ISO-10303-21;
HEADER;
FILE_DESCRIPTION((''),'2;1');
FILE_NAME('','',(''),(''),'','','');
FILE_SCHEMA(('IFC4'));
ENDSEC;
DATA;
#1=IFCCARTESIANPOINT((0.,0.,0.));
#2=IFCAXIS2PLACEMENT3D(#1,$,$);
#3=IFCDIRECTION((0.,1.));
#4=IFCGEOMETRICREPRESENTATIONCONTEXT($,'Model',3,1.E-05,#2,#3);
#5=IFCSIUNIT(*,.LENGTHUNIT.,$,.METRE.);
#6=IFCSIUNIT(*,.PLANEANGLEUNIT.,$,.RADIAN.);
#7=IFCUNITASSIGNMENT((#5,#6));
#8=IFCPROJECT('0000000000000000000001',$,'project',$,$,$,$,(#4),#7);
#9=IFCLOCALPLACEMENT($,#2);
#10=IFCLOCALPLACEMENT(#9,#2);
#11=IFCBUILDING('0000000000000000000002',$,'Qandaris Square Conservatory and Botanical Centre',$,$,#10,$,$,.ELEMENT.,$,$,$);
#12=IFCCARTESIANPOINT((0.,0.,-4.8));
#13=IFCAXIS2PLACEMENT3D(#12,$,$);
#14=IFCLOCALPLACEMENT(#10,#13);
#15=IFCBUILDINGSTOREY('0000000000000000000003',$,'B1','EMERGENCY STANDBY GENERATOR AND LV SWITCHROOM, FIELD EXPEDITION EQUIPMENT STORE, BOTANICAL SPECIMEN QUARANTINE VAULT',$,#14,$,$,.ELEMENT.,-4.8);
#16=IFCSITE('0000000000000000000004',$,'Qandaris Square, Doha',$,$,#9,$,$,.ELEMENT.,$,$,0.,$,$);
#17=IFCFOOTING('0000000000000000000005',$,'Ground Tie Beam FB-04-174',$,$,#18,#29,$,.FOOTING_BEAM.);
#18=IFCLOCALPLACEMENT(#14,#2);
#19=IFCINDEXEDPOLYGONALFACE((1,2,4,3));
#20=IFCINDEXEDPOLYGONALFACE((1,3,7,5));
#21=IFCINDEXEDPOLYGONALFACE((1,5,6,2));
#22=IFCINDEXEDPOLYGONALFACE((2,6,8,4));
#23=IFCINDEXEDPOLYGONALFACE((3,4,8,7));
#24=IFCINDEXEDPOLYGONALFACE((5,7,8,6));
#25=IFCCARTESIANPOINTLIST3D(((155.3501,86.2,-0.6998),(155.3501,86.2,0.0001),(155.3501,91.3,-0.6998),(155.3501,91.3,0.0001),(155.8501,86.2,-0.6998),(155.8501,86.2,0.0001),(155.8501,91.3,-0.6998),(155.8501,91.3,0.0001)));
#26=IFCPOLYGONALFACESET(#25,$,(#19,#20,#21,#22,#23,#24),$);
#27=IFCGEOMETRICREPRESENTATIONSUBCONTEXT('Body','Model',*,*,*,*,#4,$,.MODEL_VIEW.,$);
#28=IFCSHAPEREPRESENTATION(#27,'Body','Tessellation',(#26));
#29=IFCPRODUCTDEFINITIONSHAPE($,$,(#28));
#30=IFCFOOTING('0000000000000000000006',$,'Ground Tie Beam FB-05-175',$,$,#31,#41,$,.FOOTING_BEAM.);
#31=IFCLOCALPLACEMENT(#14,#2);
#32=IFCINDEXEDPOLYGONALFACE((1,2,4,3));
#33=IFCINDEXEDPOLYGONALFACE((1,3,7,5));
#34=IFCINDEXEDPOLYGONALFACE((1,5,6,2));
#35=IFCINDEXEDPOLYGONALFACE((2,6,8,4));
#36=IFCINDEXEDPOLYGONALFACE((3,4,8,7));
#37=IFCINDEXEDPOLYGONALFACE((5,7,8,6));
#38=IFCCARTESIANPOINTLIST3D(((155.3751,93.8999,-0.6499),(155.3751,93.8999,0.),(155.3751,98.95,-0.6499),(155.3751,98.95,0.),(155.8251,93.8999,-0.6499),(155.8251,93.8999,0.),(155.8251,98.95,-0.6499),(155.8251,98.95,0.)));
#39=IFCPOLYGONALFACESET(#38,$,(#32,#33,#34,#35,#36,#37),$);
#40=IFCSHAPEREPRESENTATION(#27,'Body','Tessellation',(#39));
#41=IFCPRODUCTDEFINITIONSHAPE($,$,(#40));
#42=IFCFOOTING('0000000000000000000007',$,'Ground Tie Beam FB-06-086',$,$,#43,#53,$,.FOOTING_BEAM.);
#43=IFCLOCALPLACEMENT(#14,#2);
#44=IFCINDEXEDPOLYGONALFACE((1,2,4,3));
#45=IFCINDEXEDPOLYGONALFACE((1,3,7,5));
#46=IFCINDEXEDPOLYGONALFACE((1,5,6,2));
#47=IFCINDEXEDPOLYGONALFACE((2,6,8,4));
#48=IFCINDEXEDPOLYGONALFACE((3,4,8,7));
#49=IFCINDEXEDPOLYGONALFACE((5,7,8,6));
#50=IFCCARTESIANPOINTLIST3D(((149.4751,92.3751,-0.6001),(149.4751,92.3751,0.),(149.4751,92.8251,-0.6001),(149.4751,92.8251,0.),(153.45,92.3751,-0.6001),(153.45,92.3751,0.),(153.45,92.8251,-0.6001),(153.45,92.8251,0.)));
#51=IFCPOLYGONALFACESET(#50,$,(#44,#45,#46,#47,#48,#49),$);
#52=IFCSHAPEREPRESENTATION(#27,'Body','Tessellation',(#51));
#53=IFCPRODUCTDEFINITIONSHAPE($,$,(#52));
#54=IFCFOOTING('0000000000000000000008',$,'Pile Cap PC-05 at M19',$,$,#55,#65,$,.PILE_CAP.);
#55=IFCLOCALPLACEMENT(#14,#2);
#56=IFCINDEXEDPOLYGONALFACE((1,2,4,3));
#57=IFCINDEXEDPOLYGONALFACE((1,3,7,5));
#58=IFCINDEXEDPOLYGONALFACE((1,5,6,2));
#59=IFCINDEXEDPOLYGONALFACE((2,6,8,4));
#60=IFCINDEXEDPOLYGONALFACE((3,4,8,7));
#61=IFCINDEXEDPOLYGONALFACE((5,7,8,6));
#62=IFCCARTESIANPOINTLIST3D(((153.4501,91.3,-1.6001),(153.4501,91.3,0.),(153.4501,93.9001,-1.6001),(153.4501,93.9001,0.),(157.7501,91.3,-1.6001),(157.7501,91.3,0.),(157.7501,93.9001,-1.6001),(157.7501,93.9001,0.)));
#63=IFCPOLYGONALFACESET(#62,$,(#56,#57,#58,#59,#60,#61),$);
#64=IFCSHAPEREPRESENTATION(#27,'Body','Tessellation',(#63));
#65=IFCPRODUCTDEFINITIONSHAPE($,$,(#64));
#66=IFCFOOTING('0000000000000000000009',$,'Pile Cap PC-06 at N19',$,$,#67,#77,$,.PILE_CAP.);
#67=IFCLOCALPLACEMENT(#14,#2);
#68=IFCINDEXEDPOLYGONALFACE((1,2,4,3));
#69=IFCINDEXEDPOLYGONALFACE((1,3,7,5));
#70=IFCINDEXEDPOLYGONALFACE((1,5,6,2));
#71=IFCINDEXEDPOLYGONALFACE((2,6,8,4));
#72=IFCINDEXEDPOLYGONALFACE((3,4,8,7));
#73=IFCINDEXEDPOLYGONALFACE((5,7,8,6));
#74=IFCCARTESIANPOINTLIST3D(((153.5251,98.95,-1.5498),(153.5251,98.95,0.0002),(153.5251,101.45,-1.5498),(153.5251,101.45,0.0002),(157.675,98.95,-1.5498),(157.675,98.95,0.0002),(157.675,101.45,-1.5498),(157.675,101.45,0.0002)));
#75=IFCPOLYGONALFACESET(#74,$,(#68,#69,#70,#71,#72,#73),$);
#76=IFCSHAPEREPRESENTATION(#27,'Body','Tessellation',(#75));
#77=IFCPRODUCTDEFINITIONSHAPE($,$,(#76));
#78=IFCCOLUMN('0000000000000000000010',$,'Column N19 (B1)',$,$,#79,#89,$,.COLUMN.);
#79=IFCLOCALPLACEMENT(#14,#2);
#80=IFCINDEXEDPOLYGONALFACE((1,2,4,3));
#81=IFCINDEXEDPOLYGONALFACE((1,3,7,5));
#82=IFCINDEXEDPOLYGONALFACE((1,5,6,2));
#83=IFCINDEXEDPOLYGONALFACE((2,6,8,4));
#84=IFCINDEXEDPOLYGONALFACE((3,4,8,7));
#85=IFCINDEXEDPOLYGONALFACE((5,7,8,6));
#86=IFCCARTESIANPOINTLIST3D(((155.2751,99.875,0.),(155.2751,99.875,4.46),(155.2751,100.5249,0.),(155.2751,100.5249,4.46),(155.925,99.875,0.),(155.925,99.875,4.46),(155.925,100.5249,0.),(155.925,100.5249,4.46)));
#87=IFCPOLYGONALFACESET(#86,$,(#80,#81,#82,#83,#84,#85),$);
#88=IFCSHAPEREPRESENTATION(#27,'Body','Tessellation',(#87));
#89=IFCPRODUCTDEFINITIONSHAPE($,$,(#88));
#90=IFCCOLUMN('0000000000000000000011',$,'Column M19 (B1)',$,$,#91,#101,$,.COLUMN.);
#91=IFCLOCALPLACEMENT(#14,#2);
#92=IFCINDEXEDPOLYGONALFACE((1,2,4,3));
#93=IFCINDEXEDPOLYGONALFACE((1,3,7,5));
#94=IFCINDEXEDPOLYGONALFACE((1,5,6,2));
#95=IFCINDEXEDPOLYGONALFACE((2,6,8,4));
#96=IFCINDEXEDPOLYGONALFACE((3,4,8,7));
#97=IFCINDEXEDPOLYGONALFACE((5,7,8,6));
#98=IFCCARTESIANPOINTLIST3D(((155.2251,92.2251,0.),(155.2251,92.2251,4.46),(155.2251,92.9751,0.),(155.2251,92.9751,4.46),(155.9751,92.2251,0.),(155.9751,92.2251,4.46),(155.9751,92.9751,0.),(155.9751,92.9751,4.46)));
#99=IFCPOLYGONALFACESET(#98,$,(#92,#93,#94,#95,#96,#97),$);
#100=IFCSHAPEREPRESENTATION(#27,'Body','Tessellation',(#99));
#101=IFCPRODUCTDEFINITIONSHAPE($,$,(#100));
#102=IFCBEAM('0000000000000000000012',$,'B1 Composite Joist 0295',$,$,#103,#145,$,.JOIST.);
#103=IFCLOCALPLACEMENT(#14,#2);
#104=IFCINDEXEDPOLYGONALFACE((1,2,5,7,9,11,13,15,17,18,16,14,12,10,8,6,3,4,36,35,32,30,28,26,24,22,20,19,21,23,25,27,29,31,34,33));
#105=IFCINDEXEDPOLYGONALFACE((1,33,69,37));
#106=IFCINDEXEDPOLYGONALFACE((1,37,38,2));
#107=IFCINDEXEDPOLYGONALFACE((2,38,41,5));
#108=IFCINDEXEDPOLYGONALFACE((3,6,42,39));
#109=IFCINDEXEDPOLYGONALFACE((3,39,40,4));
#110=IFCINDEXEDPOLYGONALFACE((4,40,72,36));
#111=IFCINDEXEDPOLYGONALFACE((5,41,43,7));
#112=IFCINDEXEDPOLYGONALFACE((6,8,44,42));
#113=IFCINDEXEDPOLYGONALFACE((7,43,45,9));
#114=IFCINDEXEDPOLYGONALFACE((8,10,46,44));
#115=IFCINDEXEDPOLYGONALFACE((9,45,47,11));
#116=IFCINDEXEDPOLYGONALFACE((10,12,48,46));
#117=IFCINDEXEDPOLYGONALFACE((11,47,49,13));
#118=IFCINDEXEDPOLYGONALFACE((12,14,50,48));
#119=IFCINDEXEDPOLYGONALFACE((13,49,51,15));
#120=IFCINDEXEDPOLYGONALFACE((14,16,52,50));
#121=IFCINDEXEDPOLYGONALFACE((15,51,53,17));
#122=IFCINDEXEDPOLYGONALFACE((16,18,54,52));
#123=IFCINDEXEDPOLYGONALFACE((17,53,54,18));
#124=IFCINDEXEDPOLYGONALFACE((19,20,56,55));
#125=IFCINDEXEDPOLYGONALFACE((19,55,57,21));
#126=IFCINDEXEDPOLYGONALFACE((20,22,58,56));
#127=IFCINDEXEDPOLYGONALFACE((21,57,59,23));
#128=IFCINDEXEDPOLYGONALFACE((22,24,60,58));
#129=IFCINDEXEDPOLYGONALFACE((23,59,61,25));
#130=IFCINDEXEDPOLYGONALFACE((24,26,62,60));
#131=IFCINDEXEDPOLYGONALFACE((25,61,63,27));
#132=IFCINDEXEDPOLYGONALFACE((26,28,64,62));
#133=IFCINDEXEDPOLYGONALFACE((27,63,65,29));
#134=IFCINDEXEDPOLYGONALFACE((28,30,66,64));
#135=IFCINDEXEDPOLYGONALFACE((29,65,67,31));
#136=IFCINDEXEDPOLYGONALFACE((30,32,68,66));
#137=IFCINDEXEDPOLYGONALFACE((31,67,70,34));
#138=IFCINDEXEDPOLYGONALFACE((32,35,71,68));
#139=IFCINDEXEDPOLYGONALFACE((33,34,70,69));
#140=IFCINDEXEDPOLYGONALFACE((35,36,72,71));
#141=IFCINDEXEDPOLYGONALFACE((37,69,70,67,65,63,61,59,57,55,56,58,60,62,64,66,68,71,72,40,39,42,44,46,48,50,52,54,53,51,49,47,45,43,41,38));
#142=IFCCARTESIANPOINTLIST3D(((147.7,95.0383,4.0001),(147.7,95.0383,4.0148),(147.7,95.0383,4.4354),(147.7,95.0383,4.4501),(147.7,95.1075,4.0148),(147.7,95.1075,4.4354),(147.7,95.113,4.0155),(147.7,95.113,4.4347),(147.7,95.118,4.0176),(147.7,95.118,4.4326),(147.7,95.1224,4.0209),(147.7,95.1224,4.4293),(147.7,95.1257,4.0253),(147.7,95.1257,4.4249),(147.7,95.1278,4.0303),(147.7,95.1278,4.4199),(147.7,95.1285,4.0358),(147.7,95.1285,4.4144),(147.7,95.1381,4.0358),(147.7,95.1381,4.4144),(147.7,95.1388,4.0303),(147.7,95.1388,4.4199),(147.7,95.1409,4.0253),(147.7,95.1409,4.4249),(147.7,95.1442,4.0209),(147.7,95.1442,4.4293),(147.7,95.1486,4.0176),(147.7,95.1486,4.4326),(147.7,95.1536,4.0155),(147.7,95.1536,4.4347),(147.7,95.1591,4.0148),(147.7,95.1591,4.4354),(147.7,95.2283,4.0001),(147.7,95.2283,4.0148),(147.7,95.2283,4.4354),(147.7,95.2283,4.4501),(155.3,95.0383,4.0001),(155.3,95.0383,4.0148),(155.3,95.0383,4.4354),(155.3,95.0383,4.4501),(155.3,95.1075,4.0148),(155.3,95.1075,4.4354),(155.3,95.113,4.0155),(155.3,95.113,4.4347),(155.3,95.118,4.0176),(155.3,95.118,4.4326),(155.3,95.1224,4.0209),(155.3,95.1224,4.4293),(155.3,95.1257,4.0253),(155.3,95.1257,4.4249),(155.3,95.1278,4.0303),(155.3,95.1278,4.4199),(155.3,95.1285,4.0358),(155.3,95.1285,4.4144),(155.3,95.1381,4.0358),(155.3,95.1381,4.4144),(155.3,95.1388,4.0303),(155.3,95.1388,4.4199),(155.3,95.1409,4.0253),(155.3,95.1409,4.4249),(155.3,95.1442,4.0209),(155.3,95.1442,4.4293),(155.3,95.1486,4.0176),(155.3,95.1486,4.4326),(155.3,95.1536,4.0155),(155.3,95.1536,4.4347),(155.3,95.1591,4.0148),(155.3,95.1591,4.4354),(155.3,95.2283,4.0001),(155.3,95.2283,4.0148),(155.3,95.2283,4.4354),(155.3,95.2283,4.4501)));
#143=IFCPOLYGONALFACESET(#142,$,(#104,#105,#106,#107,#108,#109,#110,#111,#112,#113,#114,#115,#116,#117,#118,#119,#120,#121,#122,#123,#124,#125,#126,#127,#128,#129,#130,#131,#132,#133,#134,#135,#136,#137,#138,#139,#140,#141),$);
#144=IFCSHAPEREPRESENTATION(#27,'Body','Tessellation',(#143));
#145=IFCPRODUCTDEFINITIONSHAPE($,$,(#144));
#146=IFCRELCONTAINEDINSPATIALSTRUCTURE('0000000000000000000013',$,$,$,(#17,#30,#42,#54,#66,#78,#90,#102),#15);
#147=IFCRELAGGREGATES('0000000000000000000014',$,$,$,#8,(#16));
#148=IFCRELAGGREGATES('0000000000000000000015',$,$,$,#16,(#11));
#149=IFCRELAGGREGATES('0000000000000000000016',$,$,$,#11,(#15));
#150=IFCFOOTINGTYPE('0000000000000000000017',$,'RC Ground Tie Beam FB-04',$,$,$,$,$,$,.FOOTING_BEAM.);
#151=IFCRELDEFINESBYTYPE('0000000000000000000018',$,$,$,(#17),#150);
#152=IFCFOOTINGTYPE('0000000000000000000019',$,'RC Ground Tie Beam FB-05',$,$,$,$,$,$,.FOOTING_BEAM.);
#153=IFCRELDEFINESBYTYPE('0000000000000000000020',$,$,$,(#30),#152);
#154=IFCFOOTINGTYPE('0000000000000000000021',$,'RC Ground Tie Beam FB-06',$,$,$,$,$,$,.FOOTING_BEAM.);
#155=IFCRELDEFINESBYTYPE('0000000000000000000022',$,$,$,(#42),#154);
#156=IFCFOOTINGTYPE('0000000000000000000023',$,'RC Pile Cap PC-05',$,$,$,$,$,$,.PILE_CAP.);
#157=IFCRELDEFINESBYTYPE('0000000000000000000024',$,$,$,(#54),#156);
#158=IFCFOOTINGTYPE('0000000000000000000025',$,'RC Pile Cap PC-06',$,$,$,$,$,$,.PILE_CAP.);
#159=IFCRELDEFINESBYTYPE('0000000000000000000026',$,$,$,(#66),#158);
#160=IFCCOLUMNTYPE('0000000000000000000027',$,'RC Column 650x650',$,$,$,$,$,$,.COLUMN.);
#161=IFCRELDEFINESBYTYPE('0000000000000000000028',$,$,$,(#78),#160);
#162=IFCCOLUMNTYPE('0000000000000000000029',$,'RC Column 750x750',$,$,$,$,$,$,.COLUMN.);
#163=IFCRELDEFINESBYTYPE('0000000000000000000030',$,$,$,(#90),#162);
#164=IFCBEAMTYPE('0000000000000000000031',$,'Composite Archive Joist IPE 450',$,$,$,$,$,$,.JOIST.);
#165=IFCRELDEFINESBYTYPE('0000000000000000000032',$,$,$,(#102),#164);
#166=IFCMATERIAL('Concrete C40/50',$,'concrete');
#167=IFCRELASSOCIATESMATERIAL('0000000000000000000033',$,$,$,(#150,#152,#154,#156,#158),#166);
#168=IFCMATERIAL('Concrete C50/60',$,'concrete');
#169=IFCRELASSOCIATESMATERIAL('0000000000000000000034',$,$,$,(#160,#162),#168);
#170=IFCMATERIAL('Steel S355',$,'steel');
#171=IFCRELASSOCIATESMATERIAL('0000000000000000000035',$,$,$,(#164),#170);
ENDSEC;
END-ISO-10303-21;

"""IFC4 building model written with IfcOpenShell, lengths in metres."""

from ifc_helpers import new_model, si_unit, direction, frame, origin, origin_2d, place, context, subcontext, project, spatial, rectangle, i_section, extrude, material, material_profile, profile_set, type_object, element, save


model = new_model("IFC4")

# Units and contexts
model_context = context("Model", 3, precision=1e-05, world=origin(), true_north=direction((0.0, 1.0)))
body_context = subcontext(model_context, "Body", "Model", "MODEL_VIEW")
ifc_project = project(units=[si_unit("LENGTHUNIT", "METRE"), si_unit("PLANEANGLEUNIT", "RADIAN")], contexts=[model_context])

# Site, building, storey
site_placement = place(None, origin())
site = spatial("IfcSite", under=ifc_project, at=site_placement, Name="Qandaris Square, Doha", CompositionType="ELEMENT", RefElevation=0.0)
building_placement = place(site_placement, origin())
building = spatial("IfcBuilding", under=site, at=building_placement, Name="Qandaris Square Conservatory and Botanical Centre", CompositionType="ELEMENT")
storey_placement = place(building_placement, frame((0.0, 0.0, -4.8)))
storey = spatial("IfcBuildingStorey", under=building, at=storey_placement, Name="B1", Description="EMERGENCY STANDBY GENERATOR AND LV SWITCHROOM, FIELD EXPEDITION EQUIPMENT STORE, BOTANICAL SPECIMEN QUARANTINE VAULT", CompositionType="ELEMENT", Elevation=-4.8)

# Shared definitions
ifc_material_1 = material(Name="Concrete C50/60", Category="concrete")

# Footings
ifc_material_2 = material(Name="Concrete C40/50", Category="concrete")
ifc_material_profile_1 = material_profile(ifc_material_2, rectangle(XDim=0.5, YDim=0.7, at=origin_2d()), Name="FB 500x700")
ifc_profile_set_1 = profile_set([ifc_material_profile_1], Name="Concrete C40/50")
footing_type_1 = type_object("IfcFootingType", Name="RC Ground Tie Beam FB-04", PredefinedType="FOOTING_BEAM", material=ifc_profile_set_1)
footing_1_placement = place(storey_placement, frame((155.6001, 86.2, -0.3499), z_axis=(0.0, 1.0, 0.0), x_axis=(-1.0, 0.0, 0.0)))
element("IfcFooting", 1, at=footing_1_placement, inside=storey, type_object=footing_type_1, Name="Ground Tie Beam FB-04-174", PredefinedType="FOOTING_BEAM", context=body_context, shape_type="SweptSolid", body=[
    extrude(rectangle(XDim=0.5, YDim=0.7, at=origin_2d()), origin(), (0.0, 0.0, 1.0), 5.1001),
])
ifc_material_profile_2 = material_profile(ifc_material_2, rectangle(XDim=0.45, YDim=0.6499, at=origin_2d()), Name="FB 450x650")
ifc_profile_set_2 = profile_set([ifc_material_profile_2], Name="Concrete C40/50")
footing_type_2 = type_object("IfcFootingType", Name="RC Ground Tie Beam FB-05", PredefinedType="FOOTING_BEAM", material=ifc_profile_set_2)
footing_2_placement = place(storey_placement, frame((155.6001, 93.8999, -0.325), z_axis=(0.0, 1.0, 0.0), x_axis=(-1.0, 0.0, 0.0)))
element("IfcFooting", 2, at=footing_2_placement, inside=storey, type_object=footing_type_2, Name="Ground Tie Beam FB-05-175", PredefinedType="FOOTING_BEAM", context=body_context, shape_type="SweptSolid", body=[
    extrude(rectangle(XDim=0.45, YDim=0.6499, at=origin_2d()), origin(), (0.0, 0.0, 1.0), 5.05),
])
ifc_material_profile_3 = material_profile(ifc_material_2, rectangle(XDim=0.45, YDim=0.6001, at=origin_2d()), Name="FB 450x600")
ifc_profile_set_3 = profile_set([ifc_material_profile_3], Name="Concrete C40/50")
footing_type_3 = type_object("IfcFootingType", Name="RC Ground Tie Beam FB-06", PredefinedType="FOOTING_BEAM", material=ifc_profile_set_3)
footing_3_placement = place(storey_placement, frame((149.4751, 92.6001, -0.3), z_axis=(1.0, 0.0, 0.0), x_axis=(0.0, 1.0, 0.0)))
element("IfcFooting", 3, at=footing_3_placement, inside=storey, type_object=footing_type_3, Name="Ground Tie Beam FB-06-086", PredefinedType="FOOTING_BEAM", context=body_context, shape_type="SweptSolid", body=[
    extrude(rectangle(XDim=0.45, YDim=0.6001, at=origin_2d()), origin(), (0.0, 0.0, 1.0), 3.9749),
])
footing_type_4 = type_object("IfcFootingType", Name="RC Pile Cap PC-05", PredefinedType="PILE_CAP", material=ifc_material_2)
footing_4_placement = place(storey_placement, frame((155.6001, 92.6001, -1.6001), z_axis=(0.0, 0.0, 1.0), x_axis=(1.0, 0.0, 0.0)))
element("IfcFooting", 4, at=footing_4_placement, inside=storey, type_object=footing_type_4, Name="Pile Cap PC-05 at M19", PredefinedType="PILE_CAP", context=body_context, shape_type="SweptSolid", body=[
    extrude(rectangle(XDim=4.3, YDim=2.6001, at=origin_2d()), origin(), (0.0, 0.0, 1.0), 1.6001),
])
footing_type_5 = type_object("IfcFootingType", Name="RC Pile Cap PC-06", PredefinedType="PILE_CAP", material=ifc_material_2)
footing_5_placement = place(storey_placement, frame((155.6001, 100.2, -1.5498), z_axis=(0.0, 0.0, 1.0), x_axis=(1.0, 0.0, 0.0)))
element("IfcFooting", 5, at=footing_5_placement, inside=storey, type_object=footing_type_5, Name="Pile Cap PC-06 at N19", PredefinedType="PILE_CAP", context=body_context, shape_type="SweptSolid", body=[
    extrude(rectangle(XDim=4.1499, YDim=2.5, at=origin_2d()), origin(), (0.0, 0.0, 1.0), 1.55),
])

# Columns
ifc_material_profile_4 = material_profile(ifc_material_1, rectangle(XDim=0.6499, YDim=0.6499, at=origin_2d()), Name="RC-COL 650x650")
ifc_profile_set_4 = profile_set([ifc_material_profile_4], Name="Concrete C50/60")
column_type_1 = type_object("IfcColumnType", Name="RC Column 650x650", PredefinedType="COLUMN", material=ifc_profile_set_4)
column_1_placement = place(storey_placement, frame((155.6001, 100.2, 0.0), z_axis=(0.0, 0.0, 1.0), x_axis=(1.0, 0.0, 0.0)))
element("IfcColumn", 6, at=column_1_placement, inside=storey, type_object=column_type_1, Name="Column N19 (B1)", PredefinedType="COLUMN", context=body_context, shape_type="SweptSolid", body=[
    extrude(rectangle(XDim=0.6499, YDim=0.6499, at=origin_2d()), origin(), (0.0, 0.0, 1.0), 4.46),
])
ifc_material_profile_5 = material_profile(ifc_material_1, rectangle(XDim=0.75, YDim=0.75, at=origin_2d()), Name="RC-COL 750x750")
ifc_profile_set_5 = profile_set([ifc_material_profile_5], Name="Concrete C50/60")
column_type_2 = type_object("IfcColumnType", Name="RC Column 750x750", PredefinedType="COLUMN", material=ifc_profile_set_5)
column_2_placement = place(storey_placement, frame((155.6001, 92.6001, 0.0), z_axis=(0.0, 0.0, 1.0), x_axis=(1.0, 0.0, 0.0)))
element("IfcColumn", 7, at=column_2_placement, inside=storey, type_object=column_type_2, Name="Column M19 (B1)", PredefinedType="COLUMN", context=body_context, shape_type="SweptSolid", body=[
    extrude(rectangle(XDim=0.75, YDim=0.75, at=origin_2d()), origin(), (0.0, 0.0, 1.0), 4.46),
])

# Beam
ifc_material_3 = material(Name="Steel S355", Category="steel")
ifc_material_profile_6 = material_profile(ifc_material_3, i_section(OverallWidth=0.1899, OverallDepth=0.45, WebThickness=0.0095, FlangeThickness=0.0146, FilletRadius=0.021, at=origin_2d()), Name="IPE 450")
ifc_profile_set_6 = profile_set([ifc_material_profile_6], Name="Steel S355")
beam_type_1 = type_object("IfcBeamType", Name="Composite Archive Joist IPE 450", PredefinedType="JOIST", material=ifc_profile_set_6)
beam_1_placement = place(storey_placement, frame((147.7, 95.1333, 4.2251), z_axis=(1.0, 0.0, 0.0), x_axis=(0.0, 1.0, 0.0)))
element("IfcBeam", 8, at=beam_1_placement, inside=storey, type_object=beam_type_1, Name="B1 Composite Joist 0295", PredefinedType="JOIST", context=body_context, shape_type="SweptSolid", body=[
    extrude(i_section(OverallWidth=0.1899, OverallDepth=0.45, WebThickness=0.0095, FlangeThickness=0.0146, FilletRadius=0.021, at=origin_2d()), origin(), (0.0, 0.0, 1.0), 7.6001),
])

save(model, "model.ifc")
